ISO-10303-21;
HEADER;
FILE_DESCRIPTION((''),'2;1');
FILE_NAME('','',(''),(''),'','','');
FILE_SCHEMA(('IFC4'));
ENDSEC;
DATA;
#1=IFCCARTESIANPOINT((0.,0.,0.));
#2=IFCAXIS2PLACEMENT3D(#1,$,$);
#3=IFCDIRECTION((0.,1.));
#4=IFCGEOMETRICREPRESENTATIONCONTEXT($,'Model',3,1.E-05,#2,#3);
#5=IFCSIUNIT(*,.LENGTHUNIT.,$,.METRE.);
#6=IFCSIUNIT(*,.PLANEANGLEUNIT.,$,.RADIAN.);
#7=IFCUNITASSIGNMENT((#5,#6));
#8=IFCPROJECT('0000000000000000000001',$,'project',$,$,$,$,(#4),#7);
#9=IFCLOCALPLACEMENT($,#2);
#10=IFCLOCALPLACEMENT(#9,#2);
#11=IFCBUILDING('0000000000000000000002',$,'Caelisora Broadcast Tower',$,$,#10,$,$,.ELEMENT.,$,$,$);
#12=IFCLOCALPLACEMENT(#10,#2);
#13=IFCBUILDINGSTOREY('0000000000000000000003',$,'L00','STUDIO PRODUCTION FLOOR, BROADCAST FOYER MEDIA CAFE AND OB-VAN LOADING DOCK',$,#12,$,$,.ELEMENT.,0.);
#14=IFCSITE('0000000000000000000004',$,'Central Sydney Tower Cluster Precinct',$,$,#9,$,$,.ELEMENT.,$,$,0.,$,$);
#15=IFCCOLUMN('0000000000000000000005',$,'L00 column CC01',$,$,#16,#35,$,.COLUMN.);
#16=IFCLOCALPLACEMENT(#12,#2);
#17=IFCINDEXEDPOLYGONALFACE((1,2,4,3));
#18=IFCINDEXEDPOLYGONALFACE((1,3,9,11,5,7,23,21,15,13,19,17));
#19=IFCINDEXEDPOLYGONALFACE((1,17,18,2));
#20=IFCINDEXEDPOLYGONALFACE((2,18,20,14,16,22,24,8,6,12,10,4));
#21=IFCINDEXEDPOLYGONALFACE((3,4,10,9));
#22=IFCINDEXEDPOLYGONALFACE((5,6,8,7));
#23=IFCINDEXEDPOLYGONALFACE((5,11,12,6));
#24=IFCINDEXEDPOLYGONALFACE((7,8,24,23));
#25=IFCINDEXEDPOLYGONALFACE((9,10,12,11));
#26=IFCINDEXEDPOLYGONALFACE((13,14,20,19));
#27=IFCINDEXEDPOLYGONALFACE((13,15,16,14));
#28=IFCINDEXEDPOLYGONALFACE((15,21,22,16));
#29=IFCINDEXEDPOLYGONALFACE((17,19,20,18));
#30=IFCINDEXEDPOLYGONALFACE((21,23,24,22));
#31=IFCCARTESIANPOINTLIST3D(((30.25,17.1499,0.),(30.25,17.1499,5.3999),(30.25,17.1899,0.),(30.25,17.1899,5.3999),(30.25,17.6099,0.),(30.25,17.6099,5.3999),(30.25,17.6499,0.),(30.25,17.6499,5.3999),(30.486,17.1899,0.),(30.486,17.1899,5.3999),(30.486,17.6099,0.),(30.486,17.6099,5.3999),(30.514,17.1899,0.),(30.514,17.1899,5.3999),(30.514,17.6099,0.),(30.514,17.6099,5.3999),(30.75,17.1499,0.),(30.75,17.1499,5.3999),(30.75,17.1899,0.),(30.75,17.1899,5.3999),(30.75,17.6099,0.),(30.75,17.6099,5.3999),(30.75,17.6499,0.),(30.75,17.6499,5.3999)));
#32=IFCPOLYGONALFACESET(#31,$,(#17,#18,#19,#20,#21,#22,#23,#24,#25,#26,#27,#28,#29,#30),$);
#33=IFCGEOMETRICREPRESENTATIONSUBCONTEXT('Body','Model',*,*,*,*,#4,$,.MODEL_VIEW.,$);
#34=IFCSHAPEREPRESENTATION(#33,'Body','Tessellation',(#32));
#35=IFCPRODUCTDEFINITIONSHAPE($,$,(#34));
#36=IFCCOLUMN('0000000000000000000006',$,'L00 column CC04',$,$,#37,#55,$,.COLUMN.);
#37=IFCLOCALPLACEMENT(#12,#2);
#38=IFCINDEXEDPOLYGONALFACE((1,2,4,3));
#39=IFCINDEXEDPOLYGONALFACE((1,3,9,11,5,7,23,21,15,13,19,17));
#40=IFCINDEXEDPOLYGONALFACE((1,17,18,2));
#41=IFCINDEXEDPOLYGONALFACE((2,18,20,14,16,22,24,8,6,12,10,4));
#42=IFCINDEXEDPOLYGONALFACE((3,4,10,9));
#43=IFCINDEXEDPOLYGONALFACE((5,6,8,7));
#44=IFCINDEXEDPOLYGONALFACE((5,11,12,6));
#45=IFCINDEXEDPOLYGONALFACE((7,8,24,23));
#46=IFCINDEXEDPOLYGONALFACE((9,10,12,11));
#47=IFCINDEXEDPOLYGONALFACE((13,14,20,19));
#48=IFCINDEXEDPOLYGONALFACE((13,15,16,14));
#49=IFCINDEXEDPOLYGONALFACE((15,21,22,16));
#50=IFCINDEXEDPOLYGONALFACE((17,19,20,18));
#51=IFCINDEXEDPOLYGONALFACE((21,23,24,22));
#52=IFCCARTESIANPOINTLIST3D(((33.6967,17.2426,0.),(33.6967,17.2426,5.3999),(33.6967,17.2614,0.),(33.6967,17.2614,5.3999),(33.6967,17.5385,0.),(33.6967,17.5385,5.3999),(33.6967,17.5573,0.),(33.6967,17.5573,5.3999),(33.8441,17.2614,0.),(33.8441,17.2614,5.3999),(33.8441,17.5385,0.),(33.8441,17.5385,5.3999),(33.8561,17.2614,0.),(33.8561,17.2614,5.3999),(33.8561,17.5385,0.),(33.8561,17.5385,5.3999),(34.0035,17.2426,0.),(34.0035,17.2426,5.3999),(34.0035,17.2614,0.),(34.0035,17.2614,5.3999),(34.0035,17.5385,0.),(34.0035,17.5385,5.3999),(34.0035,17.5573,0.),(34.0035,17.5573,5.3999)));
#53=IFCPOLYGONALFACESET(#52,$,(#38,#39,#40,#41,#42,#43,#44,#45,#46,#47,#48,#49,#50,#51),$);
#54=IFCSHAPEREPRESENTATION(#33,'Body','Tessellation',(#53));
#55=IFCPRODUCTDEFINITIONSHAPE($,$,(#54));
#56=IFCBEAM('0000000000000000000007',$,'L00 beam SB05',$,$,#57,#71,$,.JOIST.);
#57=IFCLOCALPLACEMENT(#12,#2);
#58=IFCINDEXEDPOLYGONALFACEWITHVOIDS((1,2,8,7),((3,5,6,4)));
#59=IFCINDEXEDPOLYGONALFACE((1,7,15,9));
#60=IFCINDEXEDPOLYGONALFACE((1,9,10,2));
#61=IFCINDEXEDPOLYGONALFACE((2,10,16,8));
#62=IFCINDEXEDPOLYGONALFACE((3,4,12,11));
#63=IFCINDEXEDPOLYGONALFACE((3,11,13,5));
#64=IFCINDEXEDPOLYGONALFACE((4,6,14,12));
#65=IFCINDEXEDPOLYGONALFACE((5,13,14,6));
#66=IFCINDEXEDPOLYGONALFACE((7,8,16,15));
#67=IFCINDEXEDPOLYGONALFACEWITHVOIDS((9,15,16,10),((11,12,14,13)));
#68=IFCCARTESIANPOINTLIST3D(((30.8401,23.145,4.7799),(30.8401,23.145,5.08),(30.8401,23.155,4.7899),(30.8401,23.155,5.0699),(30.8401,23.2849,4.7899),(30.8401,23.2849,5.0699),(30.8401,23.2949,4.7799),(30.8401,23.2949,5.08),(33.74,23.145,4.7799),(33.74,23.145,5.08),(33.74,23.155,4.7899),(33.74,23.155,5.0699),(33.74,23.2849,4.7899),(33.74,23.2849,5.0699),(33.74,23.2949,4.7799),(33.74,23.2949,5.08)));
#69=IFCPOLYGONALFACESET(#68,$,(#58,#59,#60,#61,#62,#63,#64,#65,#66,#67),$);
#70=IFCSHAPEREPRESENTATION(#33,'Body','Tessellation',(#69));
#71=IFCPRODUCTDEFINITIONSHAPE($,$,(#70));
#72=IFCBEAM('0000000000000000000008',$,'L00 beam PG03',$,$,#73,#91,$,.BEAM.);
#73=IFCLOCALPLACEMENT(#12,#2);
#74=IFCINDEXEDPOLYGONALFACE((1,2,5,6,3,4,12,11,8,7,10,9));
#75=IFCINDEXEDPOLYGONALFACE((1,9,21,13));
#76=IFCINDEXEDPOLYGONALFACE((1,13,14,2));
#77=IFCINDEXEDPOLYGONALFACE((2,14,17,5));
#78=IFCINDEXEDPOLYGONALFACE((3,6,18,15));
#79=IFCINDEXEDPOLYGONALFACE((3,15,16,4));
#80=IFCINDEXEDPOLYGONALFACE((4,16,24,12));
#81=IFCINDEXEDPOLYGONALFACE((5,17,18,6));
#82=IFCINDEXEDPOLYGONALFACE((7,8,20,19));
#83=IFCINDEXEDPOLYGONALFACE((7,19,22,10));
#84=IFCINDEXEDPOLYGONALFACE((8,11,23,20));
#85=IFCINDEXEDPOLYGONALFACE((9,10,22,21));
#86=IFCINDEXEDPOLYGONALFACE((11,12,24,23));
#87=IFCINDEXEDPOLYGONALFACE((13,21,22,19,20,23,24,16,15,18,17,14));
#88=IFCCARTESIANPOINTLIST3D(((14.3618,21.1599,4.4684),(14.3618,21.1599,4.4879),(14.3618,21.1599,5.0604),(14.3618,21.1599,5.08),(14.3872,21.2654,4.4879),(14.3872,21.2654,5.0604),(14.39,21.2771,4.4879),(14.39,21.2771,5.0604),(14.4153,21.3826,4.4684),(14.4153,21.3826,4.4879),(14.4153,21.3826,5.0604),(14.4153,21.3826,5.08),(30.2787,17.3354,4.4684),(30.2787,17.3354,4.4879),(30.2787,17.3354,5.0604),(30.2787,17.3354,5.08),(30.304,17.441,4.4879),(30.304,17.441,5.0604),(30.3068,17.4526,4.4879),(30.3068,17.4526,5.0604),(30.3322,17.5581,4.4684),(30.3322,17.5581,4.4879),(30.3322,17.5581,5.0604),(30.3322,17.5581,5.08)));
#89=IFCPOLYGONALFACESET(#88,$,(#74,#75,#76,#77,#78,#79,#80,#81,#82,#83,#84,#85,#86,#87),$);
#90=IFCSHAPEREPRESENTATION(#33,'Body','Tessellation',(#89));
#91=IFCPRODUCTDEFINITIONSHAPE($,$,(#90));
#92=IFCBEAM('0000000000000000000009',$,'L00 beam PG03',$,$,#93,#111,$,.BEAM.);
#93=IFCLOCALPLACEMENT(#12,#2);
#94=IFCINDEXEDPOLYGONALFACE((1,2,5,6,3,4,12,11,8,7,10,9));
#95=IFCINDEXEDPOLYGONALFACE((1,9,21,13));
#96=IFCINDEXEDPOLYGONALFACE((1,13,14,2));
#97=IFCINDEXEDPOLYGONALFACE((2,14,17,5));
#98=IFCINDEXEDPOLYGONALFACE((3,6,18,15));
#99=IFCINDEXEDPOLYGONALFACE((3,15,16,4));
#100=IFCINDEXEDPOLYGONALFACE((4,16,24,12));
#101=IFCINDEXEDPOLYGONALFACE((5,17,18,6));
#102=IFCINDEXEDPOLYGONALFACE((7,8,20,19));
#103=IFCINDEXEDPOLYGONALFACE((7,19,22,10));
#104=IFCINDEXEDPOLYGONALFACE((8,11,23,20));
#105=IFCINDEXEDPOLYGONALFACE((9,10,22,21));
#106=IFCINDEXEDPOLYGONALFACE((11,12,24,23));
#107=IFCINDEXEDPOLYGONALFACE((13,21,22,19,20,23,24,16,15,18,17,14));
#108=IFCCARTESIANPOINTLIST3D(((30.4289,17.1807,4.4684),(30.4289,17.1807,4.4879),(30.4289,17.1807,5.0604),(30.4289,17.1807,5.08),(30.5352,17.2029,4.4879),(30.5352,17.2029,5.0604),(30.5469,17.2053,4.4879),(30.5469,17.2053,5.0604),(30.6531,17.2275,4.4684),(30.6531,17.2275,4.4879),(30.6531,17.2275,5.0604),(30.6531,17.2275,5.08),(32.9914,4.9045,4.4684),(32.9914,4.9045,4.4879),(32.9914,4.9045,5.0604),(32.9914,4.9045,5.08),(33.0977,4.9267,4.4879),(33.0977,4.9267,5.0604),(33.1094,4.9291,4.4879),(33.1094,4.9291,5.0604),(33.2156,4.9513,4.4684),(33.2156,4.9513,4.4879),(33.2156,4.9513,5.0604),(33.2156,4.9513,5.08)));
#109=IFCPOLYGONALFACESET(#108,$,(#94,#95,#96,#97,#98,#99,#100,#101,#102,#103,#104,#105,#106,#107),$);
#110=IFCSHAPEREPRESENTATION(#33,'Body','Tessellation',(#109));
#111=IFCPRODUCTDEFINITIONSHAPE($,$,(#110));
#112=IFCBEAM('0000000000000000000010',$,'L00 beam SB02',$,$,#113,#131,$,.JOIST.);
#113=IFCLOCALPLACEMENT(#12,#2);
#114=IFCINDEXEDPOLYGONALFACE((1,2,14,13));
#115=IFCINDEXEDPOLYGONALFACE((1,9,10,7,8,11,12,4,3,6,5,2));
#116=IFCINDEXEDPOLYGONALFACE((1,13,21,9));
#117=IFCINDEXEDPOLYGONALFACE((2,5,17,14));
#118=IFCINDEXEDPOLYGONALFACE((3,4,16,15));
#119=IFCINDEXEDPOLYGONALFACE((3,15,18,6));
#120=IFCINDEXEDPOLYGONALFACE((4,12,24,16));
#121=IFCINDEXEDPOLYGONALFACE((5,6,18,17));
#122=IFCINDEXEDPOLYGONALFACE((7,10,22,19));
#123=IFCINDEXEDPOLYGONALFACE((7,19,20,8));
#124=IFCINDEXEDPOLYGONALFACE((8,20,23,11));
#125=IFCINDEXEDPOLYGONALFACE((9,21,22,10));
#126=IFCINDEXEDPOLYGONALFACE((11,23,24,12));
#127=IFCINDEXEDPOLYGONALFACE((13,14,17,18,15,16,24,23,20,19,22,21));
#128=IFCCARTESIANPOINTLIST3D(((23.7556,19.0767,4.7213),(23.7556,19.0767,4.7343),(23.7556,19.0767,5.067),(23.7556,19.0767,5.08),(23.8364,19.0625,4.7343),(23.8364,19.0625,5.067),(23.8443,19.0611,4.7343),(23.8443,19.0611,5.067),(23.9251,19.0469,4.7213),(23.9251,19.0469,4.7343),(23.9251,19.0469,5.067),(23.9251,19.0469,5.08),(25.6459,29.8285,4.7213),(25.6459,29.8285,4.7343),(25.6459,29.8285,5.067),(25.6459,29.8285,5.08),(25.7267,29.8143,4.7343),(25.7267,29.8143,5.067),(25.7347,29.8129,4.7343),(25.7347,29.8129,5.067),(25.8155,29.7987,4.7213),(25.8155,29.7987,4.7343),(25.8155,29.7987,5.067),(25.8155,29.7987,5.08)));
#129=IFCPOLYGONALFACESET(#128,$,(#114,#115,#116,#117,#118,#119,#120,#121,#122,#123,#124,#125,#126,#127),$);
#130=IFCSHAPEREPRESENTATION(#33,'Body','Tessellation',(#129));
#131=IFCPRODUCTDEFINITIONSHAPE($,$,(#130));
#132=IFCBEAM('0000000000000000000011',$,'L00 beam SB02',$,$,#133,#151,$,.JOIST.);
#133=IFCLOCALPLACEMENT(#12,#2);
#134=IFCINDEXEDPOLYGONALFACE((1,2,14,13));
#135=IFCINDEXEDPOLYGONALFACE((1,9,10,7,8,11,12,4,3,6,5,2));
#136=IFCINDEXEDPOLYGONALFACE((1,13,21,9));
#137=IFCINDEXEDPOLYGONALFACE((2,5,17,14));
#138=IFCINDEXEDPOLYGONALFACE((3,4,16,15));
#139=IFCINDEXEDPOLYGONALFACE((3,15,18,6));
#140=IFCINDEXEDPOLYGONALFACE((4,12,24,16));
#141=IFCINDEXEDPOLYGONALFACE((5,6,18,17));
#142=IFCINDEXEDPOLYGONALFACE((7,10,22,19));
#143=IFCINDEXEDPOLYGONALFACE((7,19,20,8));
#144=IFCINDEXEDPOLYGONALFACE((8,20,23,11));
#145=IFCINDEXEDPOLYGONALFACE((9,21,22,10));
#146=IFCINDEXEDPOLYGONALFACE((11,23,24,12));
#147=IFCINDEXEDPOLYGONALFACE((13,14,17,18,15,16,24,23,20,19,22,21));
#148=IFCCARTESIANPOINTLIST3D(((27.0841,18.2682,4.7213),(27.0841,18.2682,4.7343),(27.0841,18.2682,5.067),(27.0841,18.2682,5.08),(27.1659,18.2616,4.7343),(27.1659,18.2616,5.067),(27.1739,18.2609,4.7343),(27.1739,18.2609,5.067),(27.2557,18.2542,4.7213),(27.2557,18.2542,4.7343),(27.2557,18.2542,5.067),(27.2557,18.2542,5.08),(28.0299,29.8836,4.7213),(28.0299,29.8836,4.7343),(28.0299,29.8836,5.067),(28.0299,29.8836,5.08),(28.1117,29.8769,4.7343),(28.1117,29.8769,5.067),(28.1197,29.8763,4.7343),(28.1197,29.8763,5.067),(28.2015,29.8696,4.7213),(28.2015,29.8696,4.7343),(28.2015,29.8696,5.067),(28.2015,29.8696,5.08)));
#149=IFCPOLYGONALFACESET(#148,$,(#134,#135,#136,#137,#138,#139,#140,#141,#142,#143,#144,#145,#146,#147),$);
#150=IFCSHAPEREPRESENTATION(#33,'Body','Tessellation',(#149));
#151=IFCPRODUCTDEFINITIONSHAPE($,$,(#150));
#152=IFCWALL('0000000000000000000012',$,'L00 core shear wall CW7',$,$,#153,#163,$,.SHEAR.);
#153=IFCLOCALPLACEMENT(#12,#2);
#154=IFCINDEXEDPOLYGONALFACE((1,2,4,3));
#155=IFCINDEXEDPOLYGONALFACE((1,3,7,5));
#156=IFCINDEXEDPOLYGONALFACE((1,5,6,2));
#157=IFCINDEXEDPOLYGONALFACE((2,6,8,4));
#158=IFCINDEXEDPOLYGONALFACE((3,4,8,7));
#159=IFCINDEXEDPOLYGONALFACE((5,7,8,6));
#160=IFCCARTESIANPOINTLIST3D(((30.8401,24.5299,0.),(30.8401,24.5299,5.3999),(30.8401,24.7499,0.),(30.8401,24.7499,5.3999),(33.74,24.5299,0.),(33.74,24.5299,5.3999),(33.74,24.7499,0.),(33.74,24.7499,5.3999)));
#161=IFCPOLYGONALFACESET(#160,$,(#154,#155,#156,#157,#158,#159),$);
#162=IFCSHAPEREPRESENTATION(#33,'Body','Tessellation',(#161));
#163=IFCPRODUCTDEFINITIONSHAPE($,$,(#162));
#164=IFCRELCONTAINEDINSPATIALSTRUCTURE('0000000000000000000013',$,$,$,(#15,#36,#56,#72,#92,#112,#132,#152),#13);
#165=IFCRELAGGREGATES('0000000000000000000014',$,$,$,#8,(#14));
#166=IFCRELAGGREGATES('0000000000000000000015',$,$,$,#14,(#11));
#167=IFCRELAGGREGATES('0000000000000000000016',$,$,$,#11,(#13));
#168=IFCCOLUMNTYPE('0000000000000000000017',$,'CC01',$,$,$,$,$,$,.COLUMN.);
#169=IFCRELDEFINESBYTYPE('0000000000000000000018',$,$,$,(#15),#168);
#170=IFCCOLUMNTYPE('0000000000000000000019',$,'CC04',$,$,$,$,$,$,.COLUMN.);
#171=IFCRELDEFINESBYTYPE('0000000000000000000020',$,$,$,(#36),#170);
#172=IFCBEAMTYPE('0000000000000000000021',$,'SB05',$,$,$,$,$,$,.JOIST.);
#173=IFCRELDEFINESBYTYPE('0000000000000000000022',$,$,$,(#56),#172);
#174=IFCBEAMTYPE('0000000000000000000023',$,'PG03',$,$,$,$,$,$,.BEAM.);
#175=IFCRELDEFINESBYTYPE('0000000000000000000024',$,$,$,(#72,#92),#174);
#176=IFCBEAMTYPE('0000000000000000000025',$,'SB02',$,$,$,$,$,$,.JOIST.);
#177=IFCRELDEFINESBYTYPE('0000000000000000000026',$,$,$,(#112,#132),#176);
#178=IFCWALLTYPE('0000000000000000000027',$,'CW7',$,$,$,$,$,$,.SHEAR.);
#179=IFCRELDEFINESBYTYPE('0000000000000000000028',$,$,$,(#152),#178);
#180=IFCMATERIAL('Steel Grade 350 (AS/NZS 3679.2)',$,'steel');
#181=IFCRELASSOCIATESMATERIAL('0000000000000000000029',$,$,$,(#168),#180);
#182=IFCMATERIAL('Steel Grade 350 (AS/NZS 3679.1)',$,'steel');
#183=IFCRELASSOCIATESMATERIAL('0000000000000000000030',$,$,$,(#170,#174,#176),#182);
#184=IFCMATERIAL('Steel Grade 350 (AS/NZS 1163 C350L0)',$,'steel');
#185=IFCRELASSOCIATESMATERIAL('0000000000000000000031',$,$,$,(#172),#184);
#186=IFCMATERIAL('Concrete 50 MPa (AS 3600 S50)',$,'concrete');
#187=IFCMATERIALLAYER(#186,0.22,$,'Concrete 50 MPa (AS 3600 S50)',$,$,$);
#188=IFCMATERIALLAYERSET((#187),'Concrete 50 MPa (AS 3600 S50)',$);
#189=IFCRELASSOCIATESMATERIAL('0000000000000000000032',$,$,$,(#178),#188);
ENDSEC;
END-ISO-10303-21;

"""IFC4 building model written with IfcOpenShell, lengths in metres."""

from ifc_helpers import new_model, si_unit, direction, frame, frame_2d, origin, origin_2d, place, context, subcontext, project, spatial, rectangle, hollow_rectangle, i_section, extrude, source, transform, mapped, material, layer, layer_set, material_profile, profile_set, type_object, type_shapes, element, save


model = new_model("IFC4")

# Units and contexts
model_context = context("Model", 3, precision=1e-05, world=origin(), true_north=direction((0.0, 1.0)))
body_context = subcontext(model_context, "Body", "Model", "MODEL_VIEW")
ifc_project = project(units=[si_unit("LENGTHUNIT", "METRE"), si_unit("PLANEANGLEUNIT", "RADIAN")], contexts=[model_context])

# Site, building, storey
site_placement = place(None, origin())
site = spatial("IfcSite", under=ifc_project, at=site_placement, Name="Central Sydney Tower Cluster Precinct", CompositionType="ELEMENT", RefElevation=0.0)
building_placement = place(site_placement, origin())
building = spatial("IfcBuilding", under=site, at=building_placement, Name="Caelisora Broadcast Tower", CompositionType="ELEMENT")
storey_placement = place(building_placement, origin())
storey = spatial("IfcBuildingStorey", under=building, at=storey_placement, Name="L00", Description="STUDIO PRODUCTION FLOOR, BROADCAST FOYER MEDIA CAFE AND OB-VAN LOADING DOCK", CompositionType="ELEMENT", Elevation=0.0)

# Columns
ifc_material_1 = material(Name="Steel Grade 350 (AS/NZS 3679.2)", Category="steel")
ifc_material_profile_1 = material_profile(ifc_material_1, i_section(OverallWidth=0.5, OverallDepth=0.5, WebThickness=0.0281, FlangeThickness=0.04, at=origin_2d()), Name="Steel Grade 350 (AS/NZS 3679.2)")
ifc_profile_set_1 = profile_set([ifc_material_profile_1], Name="Steel Grade 350 (AS/NZS 3679.2)")
column_type_1 = type_object("IfcColumnType", Name="CC01", PredefinedType="COLUMN", material=ifc_profile_set_1)
shared_shape_1 = source(origin(), body_context, "Body", "SweptSolid", [
    extrude(i_section(OverallWidth=0.5, OverallDepth=0.5, WebThickness=0.0281, FlangeThickness=0.04, at=origin_2d()), origin(), (0.0, 0.0, 1.0), 5.3999),
])
type_shapes(column_type_1, [shared_shape_1])
column_1_placement = place(storey_placement, frame((30.5, 17.3999, 0.0), z_axis=(0.0, 0.0, 1.0), x_axis=(1.0, 0.0, 0.0)))
element("IfcColumn", 1, at=column_1_placement, inside=storey, type_object=column_type_1, Name="L00 column CC01", PredefinedType="COLUMN", context=body_context, shape_type="MappedRepresentation", body=[
    mapped(shared_shape_1, transform((0.0, 0.0, 0.0), scale=1.0)),
])
ifc_material_2 = material(Name="Steel Grade 350 (AS/NZS 3679.1)", Category="steel")
ifc_material_profile_2 = material_profile(ifc_material_2, i_section(OverallWidth=0.3069, OverallDepth=0.3147, WebThickness=0.012, FlangeThickness=0.0188, at=origin_2d()), Name="Steel Grade 350 (AS/NZS 3679.1)")
ifc_profile_set_2 = profile_set([ifc_material_profile_2], Name="Steel Grade 350 (AS/NZS 3679.1)")
column_type_2 = type_object("IfcColumnType", Name="CC04", PredefinedType="COLUMN", material=ifc_profile_set_2)
shared_shape_2 = source(origin(), body_context, "Body", "SweptSolid", [
    extrude(i_section(OverallWidth=0.3069, OverallDepth=0.3147, WebThickness=0.012, FlangeThickness=0.0188, at=origin_2d()), origin(), (0.0, 0.0, 1.0), 5.3999),
])
type_shapes(column_type_2, [shared_shape_2])
column_2_placement = place(storey_placement, frame((33.8501, 17.3999, 0.0), z_axis=(0.0, 0.0, 1.0), x_axis=(1.0, 0.0, 0.0)))
element("IfcColumn", 2, at=column_2_placement, inside=storey, type_object=column_type_2, Name="L00 column CC04", PredefinedType="COLUMN", context=body_context, shape_type="MappedRepresentation", body=[
    mapped(shared_shape_2, transform((0.0, 0.0, 0.0), scale=1.0)),
])

# Beams
ifc_material_3 = material(Name="Steel Grade 350 (AS/NZS 1163 C350L0)", Category="steel")
ifc_material_profile_3 = material_profile(ifc_material_3, hollow_rectangle(XDim=0.1499, YDim=0.3, WallThickness=0.01, at=origin_2d()), Name="Steel Grade 350 (AS/NZS 1163 C350L0)")
ifc_profile_set_3 = profile_set([ifc_material_profile_3], Name="Steel Grade 350 (AS/NZS 1163 C350L0)")
beam_type_1 = type_object("IfcBeamType", Name="SB05", PredefinedType="JOIST", material=ifc_profile_set_3)
shared_shape_3 = source(origin(), body_context, "Body", "SweptSolid", [
    extrude(hollow_rectangle(XDim=0.1499, YDim=0.3, WallThickness=0.01, at=origin_2d()), origin(), (0.0, 0.0, 1.0), 2.8999),
])
type_shapes(beam_type_1, [shared_shape_3])
beam_1_placement = place(storey_placement, frame((30.8401, 23.22, 4.9299), z_axis=(1.0, 0.0, 0.0), x_axis=(0.0, 1.0, 0.0)))
element("IfcBeam", 3, at=beam_1_placement, inside=storey, type_object=beam_type_1, Name="L00 beam SB05", PredefinedType="JOIST", context=body_context, shape_type="MappedRepresentation", body=[
    mapped(shared_shape_3, transform((0.0, 0.0, 0.0), scale=1.0)),
])
ifc_material_profile_4 = material_profile(ifc_material_2, i_section(OverallWidth=0.229, OverallDepth=0.6116, WebThickness=0.012, FlangeThickness=0.0195, at=origin_2d()), Name="Steel Grade 350 (AS/NZS 3679.1)")
ifc_profile_set_4 = profile_set([ifc_material_profile_4], Name="Steel Grade 350 (AS/NZS 3679.1)")
beam_type_2 = type_object("IfcBeamType", Name="PG03", PredefinedType="BEAM", material=ifc_profile_set_4)
shared_shape_4 = source(origin(), body_context, "Body", "SweptSolid", [
    extrude(i_section(OverallWidth=0.229, OverallDepth=0.6116, WebThickness=0.012, FlangeThickness=0.0195, at=origin_2d()), origin(), (0.0, 0.0, 1.0), 16.3699),
])
beam_2_placement = place(storey_placement, frame((30.3054, 17.4468, 4.7742), z_axis=(-0.972326, 0.23363, 0.0), x_axis=(-0.23363, -0.972326, 0.0)))
element("IfcBeam", 4, at=beam_2_placement, inside=storey, type_object=beam_type_2, Name="L00 beam PG03", PredefinedType="BEAM", context=body_context, shape_type="MappedRepresentation", body=[
    mapped(shared_shape_4, transform((0.0, 0.0, 0.0), scale=1.0)),
])
shared_shape_5 = source(origin(), body_context, "Body", "SweptSolid", [
    extrude(i_section(OverallWidth=0.229, OverallDepth=0.6116, WebThickness=0.012, FlangeThickness=0.0195, at=origin_2d()), origin(), (0.0, 0.0, 1.0), 12.5408),
])
type_shapes(beam_type_2, [shared_shape_4, shared_shape_5])
beam_3_placement = place(storey_placement, frame((30.541, 17.2041, 4.7742), z_axis=(0.204334, -0.978901, 0.0), x_axis=(0.978901, 0.204334, 0.0)))
element("IfcBeam", 5, at=beam_3_placement, inside=storey, type_object=beam_type_2, Name="L00 beam PG03", PredefinedType="BEAM", context=body_context, shape_type="MappedRepresentation", body=[
    mapped(shared_shape_5, transform((0.0, 0.0, 0.0), scale=1.0)),
])
ifc_material_profile_5 = material_profile(ifc_material_2, i_section(OverallWidth=0.1721, OverallDepth=0.3586, WebThickness=0.0081, FlangeThickness=0.0129, at=origin_2d()), Name="Steel Grade 350 (AS/NZS 3679.1)")
ifc_profile_set_5 = profile_set([ifc_material_profile_5], Name="Steel Grade 350 (AS/NZS 3679.1)")
beam_type_3 = type_object("IfcBeamType", Name="SB02", PredefinedType="JOIST", material=ifc_profile_set_5)
shared_shape_6 = source(origin(), body_context, "Body", "SweptSolid", [
    extrude(i_section(OverallWidth=0.1721, OverallDepth=0.3586, WebThickness=0.0081, FlangeThickness=0.0129, at=origin_2d()), origin(), (0.0, 0.0, 1.0), 10.9167),
])
beam_4_placement = place(storey_placement, frame((23.8403, 19.0618, 4.9006), z_axis=(0.173161, 0.984893, 0.0), x_axis=(-0.984893, 0.173161, 0.0)))
element("IfcBeam", 6, at=beam_4_placement, inside=storey, type_object=beam_type_3, Name="L00 beam SB02", PredefinedType="JOIST", context=body_context, shape_type="MappedRepresentation", body=[
    mapped(shared_shape_6, transform((0.0, 0.0, 0.0), scale=1.0)),
])
shared_shape_7 = source(origin(), body_context, "Body", "SweptSolid", [
    extrude(i_section(OverallWidth=0.1721, OverallDepth=0.3586, WebThickness=0.0081, FlangeThickness=0.0129, at=origin_2d()), origin(), (0.0, 0.0, 1.0), 11.6538),
])
type_shapes(beam_type_3, [shared_shape_6, shared_shape_7])
beam_5_placement = place(storey_placement, frame((27.1699, 18.2612, 4.9006), z_axis=(0.081157, 0.996701, 0.0), x_axis=(-0.996701, 0.081157, 0.0)))
element("IfcBeam", 7, at=beam_5_placement, inside=storey, type_object=beam_type_3, Name="L00 beam SB02", PredefinedType="JOIST", context=body_context, shape_type="MappedRepresentation", body=[
    mapped(shared_shape_7, transform((0.0, 0.0, 0.0), scale=1.0)),
])

# Wall
ifc_material_4 = material(Name="Concrete 50 MPa (AS 3600 S50)", Category="concrete")
ifc_layer_1 = layer(ifc_material_4, 0.22, Name="Concrete 50 MPa (AS 3600 S50)")
ifc_layer_set_1 = layer_set([ifc_layer_1], Name="Concrete 50 MPa (AS 3600 S50)")
wall_type_1 = type_object("IfcWallType", Name="CW7", PredefinedType="SHEAR", material=ifc_layer_set_1)
wall_1_placement = place(storey_placement, frame((30.8401, 24.6399, 0.0), z_axis=(0.0, 0.0, 1.0), x_axis=(1.0, 0.0, 0.0)))
element("IfcWall", 8, at=wall_1_placement, inside=storey, type_object=wall_type_1, Name="L00 core shear wall CW7", PredefinedType="SHEAR", context=body_context, shape_type="SweptSolid", body=[
    extrude(rectangle(XDim=2.8999, YDim=0.22, at=frame_2d((1.45, 0.0))), origin(), (0.0, 0.0, 1.0), 5.3999),
])

save(model, "model.ifc")
